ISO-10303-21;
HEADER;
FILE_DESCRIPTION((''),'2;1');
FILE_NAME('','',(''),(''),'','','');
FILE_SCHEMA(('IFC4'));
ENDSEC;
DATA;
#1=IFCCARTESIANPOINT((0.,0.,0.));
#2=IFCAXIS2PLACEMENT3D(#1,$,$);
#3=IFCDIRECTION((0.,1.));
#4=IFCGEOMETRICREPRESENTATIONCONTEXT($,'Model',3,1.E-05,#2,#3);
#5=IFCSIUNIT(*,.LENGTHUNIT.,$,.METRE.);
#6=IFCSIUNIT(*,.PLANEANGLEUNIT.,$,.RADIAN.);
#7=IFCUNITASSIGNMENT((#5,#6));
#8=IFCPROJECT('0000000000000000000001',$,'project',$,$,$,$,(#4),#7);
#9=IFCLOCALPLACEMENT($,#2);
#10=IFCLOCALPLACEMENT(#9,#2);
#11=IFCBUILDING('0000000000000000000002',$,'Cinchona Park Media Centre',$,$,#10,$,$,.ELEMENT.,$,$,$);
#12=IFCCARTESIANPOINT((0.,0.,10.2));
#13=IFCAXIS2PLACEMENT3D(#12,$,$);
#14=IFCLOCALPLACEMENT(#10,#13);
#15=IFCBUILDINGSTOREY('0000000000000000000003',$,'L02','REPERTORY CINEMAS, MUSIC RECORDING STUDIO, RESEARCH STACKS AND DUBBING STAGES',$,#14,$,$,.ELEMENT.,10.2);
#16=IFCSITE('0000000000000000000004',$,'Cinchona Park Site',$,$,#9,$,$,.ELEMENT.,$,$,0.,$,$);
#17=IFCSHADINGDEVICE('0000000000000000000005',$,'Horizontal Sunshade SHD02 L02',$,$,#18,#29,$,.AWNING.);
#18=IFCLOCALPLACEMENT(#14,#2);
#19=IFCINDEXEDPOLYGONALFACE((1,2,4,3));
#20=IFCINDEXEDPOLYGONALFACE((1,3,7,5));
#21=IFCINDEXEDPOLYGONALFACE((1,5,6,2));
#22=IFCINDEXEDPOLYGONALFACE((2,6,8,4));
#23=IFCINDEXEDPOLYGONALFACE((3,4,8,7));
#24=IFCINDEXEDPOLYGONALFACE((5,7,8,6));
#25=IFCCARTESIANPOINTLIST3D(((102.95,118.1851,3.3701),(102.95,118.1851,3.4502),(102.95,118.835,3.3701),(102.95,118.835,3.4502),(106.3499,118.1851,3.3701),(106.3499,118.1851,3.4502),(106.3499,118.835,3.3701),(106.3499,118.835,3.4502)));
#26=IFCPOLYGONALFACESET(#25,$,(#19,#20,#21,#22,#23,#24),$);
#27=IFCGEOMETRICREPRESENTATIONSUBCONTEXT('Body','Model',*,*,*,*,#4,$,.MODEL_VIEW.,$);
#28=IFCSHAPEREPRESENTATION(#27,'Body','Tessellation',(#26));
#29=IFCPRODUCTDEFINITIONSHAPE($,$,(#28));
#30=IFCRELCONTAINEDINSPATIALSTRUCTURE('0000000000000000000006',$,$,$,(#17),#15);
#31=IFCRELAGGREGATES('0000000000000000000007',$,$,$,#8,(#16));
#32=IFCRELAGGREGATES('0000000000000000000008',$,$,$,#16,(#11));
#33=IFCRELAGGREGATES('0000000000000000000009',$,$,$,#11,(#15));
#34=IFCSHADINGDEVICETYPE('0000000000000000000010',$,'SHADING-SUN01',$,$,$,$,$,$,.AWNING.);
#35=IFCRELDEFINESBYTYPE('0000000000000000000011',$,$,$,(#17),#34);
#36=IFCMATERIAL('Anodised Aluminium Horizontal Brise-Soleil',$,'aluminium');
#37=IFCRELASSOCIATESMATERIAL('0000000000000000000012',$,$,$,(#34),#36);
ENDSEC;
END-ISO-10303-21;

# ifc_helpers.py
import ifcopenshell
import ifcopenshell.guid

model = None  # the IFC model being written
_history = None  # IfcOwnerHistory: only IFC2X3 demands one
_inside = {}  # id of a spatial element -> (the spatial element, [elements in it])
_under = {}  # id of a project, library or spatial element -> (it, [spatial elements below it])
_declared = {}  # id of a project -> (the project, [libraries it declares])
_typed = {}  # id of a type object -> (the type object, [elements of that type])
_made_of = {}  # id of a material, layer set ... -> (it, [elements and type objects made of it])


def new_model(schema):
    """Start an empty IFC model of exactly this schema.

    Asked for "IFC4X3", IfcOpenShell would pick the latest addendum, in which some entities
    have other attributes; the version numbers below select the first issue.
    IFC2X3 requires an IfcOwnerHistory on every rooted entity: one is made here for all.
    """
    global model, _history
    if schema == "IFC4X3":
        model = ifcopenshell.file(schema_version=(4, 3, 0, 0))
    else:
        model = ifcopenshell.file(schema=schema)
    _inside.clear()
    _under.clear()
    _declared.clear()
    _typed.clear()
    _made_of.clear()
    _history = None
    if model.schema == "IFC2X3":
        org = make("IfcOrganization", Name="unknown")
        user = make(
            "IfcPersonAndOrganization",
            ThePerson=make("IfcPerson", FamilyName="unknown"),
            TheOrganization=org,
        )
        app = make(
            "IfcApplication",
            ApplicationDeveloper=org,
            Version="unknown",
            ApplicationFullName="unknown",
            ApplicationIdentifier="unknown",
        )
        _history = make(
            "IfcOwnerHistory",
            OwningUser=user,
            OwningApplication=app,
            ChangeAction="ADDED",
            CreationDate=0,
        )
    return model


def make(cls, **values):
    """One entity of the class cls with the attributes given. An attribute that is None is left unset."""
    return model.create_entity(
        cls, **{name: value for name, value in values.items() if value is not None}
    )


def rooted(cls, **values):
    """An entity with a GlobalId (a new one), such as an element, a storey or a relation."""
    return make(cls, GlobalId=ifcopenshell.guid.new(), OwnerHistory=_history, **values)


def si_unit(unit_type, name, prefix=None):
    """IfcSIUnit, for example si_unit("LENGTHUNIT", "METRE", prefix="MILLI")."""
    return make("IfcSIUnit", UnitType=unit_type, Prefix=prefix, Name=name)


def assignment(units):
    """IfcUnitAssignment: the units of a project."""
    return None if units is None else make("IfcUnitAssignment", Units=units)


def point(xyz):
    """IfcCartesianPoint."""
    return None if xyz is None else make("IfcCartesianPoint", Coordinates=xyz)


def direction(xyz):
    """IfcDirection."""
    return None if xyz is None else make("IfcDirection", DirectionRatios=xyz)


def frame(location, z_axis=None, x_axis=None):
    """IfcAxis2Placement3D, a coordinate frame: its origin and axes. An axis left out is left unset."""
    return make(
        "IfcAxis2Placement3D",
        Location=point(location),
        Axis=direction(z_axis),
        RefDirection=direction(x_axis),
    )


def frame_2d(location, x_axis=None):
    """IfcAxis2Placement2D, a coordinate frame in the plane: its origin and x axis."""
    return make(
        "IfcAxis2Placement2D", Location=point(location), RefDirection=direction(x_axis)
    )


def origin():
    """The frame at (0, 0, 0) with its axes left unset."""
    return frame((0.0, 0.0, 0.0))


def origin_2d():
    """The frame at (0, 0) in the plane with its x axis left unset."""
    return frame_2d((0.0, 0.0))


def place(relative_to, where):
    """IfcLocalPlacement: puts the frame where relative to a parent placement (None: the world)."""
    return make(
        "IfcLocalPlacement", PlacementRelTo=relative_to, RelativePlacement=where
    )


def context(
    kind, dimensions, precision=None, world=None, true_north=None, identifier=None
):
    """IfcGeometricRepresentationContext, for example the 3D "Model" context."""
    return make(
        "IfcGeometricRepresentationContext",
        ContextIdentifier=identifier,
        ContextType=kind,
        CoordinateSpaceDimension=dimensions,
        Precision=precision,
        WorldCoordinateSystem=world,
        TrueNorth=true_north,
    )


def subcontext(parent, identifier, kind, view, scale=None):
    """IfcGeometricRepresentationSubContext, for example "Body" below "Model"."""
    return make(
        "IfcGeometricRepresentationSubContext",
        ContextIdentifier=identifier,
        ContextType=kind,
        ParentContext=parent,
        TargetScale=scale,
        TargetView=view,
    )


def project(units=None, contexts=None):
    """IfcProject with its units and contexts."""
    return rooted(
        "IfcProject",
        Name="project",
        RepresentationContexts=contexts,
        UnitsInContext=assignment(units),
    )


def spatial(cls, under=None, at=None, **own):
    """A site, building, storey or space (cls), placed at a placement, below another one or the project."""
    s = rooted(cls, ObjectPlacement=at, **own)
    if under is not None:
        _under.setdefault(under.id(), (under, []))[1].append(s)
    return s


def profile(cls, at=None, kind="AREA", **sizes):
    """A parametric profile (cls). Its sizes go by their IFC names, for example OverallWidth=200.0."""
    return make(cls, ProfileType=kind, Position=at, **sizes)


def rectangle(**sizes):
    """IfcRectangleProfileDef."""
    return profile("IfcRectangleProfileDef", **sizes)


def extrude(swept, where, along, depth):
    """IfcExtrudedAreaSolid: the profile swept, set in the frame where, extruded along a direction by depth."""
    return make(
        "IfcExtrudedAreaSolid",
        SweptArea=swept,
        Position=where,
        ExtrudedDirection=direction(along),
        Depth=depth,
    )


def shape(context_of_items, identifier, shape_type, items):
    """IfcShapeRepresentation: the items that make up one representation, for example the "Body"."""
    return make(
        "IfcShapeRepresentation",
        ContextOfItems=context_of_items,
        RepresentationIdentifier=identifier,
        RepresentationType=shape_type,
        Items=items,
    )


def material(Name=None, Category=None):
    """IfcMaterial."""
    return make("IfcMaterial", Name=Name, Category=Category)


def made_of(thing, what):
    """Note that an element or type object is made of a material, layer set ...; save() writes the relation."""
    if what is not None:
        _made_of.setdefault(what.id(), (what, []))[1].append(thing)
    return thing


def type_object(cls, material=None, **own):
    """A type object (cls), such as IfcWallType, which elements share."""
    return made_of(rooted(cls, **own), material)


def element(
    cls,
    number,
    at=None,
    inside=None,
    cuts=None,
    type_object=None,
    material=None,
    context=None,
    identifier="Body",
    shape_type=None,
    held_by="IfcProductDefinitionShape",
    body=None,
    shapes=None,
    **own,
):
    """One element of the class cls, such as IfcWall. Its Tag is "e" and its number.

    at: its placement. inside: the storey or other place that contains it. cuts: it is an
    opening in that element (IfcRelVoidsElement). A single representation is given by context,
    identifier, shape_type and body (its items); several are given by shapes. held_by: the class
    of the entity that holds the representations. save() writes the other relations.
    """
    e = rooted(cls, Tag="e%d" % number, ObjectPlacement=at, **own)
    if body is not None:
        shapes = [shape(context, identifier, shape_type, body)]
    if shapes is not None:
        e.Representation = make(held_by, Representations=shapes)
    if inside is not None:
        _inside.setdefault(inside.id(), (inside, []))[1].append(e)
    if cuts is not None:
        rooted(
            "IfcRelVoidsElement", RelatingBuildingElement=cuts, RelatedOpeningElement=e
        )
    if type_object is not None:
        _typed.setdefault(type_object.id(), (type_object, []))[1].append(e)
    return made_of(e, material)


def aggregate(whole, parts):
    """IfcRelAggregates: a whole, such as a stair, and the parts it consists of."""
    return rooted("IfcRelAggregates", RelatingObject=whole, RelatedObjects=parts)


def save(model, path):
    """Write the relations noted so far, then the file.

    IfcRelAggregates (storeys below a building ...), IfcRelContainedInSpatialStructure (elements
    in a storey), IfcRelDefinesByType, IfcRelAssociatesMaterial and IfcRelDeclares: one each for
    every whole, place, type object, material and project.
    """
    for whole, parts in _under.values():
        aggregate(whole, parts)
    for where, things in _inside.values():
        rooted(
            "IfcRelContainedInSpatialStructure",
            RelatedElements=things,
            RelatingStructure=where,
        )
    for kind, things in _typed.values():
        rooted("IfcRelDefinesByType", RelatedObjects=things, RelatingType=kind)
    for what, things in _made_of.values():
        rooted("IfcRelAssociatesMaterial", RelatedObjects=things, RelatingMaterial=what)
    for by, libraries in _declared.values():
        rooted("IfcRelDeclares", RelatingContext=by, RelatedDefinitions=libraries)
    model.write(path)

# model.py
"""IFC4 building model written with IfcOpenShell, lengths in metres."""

from ifc_helpers import new_model, si_unit, direction, frame, origin, origin_2d, place, context, subcontext, project, spatial, rectangle, extrude, material, type_object, element, save


model = new_model("IFC4")

# Units and contexts
model_context = context("Model", 3, precision=1e-05, world=origin(), true_north=direction((0.0, 1.0)))
body_context = subcontext(model_context, "Body", "Model", "MODEL_VIEW")
ifc_project = project(units=[si_unit("LENGTHUNIT", "METRE"), si_unit("PLANEANGLEUNIT", "RADIAN")], contexts=[model_context])

# Site, building, storey
site_placement = place(None, origin())
site = spatial("IfcSite", under=ifc_project, at=site_placement, Name="Cinchona Park Site", CompositionType="ELEMENT", RefElevation=0.0)
building_placement = place(site_placement, origin())
building = spatial("IfcBuilding", under=site, at=building_placement, Name="Cinchona Park Media Centre", CompositionType="ELEMENT")
storey_placement = place(building_placement, frame((0.0, 0.0, 10.2)))
storey = spatial("IfcBuildingStorey", under=building, at=storey_placement, Name="L02", Description="REPERTORY CINEMAS, MUSIC RECORDING STUDIO, RESEARCH STACKS AND DUBBING STAGES", CompositionType="ELEMENT", Elevation=10.2)

# Shading device
ifc_material_1 = material(Name="Anodised Aluminium Horizontal Brise-Soleil", Category="aluminium")
shading_device_type = type_object("IfcShadingDeviceType", Name="SHADING-SUN01", PredefinedType="AWNING", material=ifc_material_1)
shading_device_1_placement = place(storey_placement, frame((104.6499, 118.51, 3.3701), z_axis=(0.0, 0.0, 1.0), x_axis=(1.0, 0.0, 0.0)))
element("IfcShadingDevice", 1, at=shading_device_1_placement, inside=storey, type_object=shading_device_type, Name="Horizontal Sunshade SHD02 L02", PredefinedType="AWNING", context=body_context, shape_type="SweptSolid", body=[
    extrude(rectangle(XDim=3.3999, YDim=0.6499, at=origin_2d()), origin(), (0.0, 0.0, 1.0), 0.0801),
])

save(model, "model.ifc")
